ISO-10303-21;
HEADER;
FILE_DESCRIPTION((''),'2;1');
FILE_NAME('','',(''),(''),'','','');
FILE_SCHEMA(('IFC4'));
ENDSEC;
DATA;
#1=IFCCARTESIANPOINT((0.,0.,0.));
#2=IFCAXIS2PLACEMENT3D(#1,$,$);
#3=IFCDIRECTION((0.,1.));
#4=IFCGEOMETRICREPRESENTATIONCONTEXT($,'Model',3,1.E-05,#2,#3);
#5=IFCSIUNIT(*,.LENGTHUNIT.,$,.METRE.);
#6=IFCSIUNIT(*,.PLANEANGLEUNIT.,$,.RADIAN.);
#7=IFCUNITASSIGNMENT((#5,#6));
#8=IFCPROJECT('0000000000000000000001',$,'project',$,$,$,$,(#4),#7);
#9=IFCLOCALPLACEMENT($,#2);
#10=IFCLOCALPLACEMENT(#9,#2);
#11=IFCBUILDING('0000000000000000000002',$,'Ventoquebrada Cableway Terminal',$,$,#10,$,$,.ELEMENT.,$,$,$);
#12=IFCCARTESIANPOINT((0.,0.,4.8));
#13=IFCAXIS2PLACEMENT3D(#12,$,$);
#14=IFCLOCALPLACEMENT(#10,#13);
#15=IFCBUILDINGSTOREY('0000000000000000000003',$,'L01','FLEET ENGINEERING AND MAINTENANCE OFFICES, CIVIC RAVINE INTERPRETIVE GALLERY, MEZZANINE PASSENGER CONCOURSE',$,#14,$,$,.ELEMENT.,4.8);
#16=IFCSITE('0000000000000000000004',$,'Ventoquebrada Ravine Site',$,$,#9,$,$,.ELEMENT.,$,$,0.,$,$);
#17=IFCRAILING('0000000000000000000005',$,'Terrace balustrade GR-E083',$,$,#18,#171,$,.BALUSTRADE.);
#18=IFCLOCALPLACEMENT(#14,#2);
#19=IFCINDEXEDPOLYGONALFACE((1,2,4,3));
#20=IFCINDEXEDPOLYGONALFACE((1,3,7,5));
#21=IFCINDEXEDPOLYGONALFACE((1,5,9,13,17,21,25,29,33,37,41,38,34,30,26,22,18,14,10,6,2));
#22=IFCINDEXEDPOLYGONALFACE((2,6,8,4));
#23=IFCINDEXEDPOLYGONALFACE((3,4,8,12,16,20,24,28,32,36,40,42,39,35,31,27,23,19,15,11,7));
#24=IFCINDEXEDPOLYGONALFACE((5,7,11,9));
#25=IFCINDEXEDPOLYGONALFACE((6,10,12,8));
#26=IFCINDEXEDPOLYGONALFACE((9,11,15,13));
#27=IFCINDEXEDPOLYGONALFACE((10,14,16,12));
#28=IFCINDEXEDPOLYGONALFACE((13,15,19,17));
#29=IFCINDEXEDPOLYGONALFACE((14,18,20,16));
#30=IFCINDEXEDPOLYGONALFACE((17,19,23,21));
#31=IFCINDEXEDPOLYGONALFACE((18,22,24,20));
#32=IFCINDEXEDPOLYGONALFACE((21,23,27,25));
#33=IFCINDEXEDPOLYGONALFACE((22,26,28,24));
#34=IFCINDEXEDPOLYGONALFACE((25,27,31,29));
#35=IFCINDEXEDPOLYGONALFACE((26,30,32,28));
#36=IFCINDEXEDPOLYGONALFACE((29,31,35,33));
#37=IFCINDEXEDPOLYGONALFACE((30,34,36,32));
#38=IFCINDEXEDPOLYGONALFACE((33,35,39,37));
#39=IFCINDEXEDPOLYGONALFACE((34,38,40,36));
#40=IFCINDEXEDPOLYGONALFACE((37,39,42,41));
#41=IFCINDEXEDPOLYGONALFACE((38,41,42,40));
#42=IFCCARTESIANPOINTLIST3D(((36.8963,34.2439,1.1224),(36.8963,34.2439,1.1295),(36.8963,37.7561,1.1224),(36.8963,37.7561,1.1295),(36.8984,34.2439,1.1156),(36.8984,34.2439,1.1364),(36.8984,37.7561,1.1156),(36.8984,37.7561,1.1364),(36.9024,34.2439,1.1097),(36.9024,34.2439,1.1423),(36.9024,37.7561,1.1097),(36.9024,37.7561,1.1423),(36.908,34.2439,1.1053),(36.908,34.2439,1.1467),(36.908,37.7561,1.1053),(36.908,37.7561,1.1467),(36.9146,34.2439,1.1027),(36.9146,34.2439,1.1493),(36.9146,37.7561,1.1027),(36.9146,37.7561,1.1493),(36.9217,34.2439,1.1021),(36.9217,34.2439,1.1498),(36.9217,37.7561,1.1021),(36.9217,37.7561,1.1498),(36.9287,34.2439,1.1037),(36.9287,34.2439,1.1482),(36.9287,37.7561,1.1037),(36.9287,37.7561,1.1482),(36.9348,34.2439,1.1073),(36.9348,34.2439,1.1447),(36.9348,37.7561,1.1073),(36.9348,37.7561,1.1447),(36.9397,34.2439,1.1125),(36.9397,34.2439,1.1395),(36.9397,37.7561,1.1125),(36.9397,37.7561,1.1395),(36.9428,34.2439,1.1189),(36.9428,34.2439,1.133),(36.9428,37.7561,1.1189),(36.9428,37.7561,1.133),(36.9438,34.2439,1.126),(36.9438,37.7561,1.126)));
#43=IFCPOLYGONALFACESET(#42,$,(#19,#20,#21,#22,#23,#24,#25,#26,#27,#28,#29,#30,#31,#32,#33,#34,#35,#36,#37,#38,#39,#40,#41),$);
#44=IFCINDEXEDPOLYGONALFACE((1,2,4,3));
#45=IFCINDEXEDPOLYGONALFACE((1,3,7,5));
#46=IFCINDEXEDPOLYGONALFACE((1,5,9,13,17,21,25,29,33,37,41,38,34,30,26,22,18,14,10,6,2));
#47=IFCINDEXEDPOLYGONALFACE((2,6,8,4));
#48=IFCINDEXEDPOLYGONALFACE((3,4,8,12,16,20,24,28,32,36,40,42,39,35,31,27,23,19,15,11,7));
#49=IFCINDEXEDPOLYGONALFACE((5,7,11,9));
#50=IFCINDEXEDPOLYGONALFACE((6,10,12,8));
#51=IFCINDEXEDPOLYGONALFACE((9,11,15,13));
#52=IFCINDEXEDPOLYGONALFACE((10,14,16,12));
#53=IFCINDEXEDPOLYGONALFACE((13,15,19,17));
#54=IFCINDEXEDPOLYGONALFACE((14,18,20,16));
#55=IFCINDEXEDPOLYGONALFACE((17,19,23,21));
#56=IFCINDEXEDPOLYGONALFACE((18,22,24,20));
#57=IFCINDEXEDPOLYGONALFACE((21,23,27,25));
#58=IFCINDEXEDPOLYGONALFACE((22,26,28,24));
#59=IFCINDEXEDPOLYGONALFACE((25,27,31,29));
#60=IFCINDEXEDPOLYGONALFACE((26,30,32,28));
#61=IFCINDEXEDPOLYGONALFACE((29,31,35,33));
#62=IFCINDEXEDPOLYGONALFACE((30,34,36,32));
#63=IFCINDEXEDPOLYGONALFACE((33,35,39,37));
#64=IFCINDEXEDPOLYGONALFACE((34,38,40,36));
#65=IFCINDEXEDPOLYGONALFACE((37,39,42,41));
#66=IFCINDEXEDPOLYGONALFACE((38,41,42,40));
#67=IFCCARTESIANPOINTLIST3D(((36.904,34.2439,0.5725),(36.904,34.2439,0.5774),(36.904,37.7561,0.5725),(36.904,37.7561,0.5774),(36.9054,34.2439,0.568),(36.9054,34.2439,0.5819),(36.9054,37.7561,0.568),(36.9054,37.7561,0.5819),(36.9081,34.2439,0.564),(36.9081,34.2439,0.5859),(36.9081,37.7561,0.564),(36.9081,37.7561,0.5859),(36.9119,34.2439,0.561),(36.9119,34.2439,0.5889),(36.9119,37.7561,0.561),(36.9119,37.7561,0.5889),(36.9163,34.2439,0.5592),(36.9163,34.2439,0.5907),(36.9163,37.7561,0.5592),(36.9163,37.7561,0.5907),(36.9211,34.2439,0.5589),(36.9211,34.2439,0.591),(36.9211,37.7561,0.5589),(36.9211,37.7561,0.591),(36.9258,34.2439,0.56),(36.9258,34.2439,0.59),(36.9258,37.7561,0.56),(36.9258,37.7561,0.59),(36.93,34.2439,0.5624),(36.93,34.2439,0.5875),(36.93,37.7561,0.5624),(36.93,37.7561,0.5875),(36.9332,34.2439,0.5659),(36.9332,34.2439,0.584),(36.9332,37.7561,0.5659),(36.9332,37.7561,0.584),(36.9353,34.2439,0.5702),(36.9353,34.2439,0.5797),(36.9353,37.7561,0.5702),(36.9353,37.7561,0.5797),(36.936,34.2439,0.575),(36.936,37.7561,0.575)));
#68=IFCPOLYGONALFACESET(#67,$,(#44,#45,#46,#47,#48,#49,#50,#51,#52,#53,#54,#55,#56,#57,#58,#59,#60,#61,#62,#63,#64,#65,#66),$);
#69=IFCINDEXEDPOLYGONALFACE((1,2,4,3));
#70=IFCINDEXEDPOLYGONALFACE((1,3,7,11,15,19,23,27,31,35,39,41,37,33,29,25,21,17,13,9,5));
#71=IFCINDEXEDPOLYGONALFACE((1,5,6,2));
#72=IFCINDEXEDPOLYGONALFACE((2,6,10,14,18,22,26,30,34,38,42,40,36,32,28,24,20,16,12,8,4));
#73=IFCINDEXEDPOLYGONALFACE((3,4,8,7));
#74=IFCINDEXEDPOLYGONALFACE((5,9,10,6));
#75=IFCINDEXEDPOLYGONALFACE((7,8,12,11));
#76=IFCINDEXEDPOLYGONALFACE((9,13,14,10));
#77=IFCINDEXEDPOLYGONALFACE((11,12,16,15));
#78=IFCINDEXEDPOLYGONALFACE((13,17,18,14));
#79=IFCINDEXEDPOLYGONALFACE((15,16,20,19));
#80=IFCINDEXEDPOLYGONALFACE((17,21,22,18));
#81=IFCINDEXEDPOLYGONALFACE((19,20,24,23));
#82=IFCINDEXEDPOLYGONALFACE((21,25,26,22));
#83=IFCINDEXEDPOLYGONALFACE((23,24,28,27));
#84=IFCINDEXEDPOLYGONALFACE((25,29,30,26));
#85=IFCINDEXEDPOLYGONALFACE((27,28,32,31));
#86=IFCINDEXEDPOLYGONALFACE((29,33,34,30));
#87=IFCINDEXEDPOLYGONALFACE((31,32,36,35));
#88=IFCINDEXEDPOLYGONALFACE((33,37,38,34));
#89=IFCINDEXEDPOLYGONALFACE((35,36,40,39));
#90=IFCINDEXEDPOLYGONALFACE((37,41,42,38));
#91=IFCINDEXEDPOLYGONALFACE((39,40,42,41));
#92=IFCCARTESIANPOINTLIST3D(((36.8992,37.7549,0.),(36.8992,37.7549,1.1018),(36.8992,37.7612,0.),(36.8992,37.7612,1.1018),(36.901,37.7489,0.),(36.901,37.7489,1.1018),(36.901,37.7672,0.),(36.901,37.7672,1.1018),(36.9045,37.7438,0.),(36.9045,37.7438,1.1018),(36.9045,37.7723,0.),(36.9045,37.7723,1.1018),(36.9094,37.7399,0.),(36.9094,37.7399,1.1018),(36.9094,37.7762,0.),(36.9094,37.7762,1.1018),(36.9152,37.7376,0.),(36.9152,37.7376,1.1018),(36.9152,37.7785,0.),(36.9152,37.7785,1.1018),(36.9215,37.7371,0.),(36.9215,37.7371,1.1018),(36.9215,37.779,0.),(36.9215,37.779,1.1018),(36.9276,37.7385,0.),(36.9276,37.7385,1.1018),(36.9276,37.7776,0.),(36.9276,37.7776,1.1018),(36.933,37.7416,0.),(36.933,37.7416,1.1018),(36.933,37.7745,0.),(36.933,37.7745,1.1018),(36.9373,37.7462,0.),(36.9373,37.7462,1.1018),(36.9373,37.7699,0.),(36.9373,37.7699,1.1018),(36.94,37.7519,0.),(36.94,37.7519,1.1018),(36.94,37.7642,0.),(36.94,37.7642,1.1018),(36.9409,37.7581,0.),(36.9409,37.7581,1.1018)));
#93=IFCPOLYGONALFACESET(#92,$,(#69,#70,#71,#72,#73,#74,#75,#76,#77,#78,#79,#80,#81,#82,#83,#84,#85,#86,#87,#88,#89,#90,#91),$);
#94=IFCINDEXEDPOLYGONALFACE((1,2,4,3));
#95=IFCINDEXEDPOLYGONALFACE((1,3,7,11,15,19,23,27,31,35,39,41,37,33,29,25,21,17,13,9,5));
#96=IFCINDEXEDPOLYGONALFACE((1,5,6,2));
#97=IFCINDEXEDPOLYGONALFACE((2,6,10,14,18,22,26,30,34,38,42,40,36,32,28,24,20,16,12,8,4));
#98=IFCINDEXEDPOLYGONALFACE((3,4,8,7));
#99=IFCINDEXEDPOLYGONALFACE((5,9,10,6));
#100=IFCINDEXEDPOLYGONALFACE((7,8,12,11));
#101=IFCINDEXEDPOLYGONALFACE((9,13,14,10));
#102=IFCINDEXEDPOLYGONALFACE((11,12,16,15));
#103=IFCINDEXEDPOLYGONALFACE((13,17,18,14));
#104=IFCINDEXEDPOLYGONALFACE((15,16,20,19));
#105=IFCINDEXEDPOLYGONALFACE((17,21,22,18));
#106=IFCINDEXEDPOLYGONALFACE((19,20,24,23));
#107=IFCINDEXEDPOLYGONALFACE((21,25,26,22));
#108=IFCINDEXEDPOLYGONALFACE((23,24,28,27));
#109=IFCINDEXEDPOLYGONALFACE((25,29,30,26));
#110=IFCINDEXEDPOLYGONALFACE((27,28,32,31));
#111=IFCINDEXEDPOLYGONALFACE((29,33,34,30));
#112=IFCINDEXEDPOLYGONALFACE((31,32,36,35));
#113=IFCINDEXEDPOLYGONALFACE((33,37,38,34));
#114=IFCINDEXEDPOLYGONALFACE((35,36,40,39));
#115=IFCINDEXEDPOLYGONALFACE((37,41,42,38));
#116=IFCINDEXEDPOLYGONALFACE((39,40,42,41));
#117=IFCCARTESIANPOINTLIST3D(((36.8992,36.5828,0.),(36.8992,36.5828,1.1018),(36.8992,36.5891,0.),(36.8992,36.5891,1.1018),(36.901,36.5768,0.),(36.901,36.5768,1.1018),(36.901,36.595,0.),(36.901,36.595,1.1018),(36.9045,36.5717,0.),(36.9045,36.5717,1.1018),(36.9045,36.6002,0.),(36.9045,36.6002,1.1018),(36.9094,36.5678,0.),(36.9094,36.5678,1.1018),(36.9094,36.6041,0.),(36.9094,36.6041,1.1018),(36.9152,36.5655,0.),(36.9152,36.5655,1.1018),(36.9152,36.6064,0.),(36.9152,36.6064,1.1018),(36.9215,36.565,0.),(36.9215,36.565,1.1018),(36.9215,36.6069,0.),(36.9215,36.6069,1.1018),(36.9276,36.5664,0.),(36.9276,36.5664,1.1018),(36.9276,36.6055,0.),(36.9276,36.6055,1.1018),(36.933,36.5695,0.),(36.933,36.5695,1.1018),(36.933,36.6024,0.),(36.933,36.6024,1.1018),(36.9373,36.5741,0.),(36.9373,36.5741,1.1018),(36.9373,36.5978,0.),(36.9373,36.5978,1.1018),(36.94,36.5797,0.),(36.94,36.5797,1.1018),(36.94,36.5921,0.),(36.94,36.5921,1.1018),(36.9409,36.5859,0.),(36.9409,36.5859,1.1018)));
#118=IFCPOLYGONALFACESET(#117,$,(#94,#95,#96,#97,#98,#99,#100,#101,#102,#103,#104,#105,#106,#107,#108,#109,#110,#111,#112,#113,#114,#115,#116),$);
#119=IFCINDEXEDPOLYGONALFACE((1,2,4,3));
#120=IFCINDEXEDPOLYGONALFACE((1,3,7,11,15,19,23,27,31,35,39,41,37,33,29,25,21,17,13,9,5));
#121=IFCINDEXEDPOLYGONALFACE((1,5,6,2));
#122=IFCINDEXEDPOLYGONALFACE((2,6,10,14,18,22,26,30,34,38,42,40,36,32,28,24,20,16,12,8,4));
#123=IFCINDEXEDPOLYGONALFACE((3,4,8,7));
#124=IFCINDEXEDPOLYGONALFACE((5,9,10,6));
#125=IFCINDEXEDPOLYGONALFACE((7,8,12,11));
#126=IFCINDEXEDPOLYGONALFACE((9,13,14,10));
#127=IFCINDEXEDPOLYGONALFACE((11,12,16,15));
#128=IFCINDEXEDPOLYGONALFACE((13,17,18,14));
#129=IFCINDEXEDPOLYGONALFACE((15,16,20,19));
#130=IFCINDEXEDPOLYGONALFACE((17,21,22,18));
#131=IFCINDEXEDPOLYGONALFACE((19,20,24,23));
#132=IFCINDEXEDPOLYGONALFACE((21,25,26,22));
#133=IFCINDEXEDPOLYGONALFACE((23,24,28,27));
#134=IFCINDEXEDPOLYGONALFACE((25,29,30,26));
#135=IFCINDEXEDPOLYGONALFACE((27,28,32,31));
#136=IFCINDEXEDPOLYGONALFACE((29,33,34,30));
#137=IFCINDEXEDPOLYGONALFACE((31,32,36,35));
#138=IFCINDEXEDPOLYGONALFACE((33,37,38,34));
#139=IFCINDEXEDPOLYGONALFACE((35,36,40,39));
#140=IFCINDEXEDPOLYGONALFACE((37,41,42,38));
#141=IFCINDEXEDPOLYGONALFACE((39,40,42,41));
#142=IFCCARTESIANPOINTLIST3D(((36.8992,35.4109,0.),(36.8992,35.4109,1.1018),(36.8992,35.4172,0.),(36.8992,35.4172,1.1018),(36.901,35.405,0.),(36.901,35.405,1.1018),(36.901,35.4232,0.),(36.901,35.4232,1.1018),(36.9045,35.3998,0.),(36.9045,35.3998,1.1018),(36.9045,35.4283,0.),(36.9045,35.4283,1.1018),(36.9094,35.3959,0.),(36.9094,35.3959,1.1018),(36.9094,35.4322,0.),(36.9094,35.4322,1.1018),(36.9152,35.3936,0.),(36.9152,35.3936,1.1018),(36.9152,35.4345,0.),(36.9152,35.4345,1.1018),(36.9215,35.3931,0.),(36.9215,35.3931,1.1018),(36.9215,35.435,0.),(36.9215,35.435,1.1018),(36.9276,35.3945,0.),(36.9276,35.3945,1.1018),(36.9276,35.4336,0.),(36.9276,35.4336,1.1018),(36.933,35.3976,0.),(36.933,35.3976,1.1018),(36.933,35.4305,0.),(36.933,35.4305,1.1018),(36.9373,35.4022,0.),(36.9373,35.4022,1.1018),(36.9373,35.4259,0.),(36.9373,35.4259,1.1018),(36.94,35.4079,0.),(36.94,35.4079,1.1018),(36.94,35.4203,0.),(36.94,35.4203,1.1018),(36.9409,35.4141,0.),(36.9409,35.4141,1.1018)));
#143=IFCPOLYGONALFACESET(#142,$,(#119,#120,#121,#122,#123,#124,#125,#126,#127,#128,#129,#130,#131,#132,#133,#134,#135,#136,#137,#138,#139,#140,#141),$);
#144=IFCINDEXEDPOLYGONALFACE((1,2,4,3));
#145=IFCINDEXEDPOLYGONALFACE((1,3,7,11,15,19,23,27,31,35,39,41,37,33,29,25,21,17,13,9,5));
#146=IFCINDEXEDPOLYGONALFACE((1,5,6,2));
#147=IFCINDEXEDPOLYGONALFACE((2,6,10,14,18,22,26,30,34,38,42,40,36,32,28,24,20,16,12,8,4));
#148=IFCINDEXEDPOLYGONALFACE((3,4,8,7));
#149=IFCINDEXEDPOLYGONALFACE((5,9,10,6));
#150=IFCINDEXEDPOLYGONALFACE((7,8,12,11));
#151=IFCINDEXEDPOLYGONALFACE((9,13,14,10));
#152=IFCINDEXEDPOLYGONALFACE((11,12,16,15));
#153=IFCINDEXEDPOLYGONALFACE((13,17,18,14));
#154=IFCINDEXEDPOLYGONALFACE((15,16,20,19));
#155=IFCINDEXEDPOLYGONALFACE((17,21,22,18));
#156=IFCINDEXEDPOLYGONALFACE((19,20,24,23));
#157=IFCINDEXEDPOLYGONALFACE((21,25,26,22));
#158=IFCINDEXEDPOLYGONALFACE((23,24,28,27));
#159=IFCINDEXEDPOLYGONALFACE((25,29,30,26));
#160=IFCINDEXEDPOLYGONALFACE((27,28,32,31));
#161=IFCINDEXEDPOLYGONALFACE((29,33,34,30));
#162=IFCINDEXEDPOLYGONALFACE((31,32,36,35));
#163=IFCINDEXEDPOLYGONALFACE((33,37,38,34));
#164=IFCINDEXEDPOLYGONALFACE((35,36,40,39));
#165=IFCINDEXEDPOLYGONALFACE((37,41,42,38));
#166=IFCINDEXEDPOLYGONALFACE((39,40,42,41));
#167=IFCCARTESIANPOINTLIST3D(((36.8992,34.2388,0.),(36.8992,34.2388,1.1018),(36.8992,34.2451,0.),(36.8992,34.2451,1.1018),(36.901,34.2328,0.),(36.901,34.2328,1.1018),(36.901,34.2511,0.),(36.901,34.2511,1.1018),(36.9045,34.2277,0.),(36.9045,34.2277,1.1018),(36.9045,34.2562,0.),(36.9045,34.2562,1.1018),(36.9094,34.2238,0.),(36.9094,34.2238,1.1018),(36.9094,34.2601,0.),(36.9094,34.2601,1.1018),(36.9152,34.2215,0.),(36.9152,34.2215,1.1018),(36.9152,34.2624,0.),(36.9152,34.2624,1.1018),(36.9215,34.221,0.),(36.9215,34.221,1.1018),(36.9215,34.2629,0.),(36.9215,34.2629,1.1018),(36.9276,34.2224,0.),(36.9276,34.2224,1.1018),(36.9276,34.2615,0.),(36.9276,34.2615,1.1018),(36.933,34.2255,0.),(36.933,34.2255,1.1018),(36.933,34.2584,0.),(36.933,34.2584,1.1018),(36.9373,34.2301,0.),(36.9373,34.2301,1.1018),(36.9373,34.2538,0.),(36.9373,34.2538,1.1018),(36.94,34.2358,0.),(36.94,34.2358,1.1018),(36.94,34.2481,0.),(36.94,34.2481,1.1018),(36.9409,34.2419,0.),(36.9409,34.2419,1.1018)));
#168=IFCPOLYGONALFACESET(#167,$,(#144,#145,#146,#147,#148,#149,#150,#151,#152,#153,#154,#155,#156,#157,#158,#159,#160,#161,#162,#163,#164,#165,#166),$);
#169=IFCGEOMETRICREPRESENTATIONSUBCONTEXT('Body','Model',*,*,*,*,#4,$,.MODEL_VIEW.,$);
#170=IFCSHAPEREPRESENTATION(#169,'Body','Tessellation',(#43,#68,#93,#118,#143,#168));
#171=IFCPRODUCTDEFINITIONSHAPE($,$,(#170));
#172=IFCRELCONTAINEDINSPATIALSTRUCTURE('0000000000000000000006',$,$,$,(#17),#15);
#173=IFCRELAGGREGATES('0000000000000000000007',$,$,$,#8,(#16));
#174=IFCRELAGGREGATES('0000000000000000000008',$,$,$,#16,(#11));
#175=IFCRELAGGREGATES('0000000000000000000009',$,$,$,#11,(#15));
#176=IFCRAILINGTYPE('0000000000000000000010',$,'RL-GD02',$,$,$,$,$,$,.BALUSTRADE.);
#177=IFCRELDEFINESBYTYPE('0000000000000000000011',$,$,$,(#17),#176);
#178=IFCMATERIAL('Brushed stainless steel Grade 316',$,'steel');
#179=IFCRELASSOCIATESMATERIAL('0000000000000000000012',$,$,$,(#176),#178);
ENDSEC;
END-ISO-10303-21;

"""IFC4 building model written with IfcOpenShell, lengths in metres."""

from ifc_helpers import new_model, si_unit, direction, frame, origin, origin_2d, place, context, subcontext, project, spatial, circle, extrude, material, type_object, element, save


model = new_model("IFC4")

# Units and contexts
model_context = context("Model", 3, precision=1e-05, world=origin(), true_north=direction((0.0, 1.0)))
body_context = subcontext(model_context, "Body", "Model", "MODEL_VIEW")
ifc_project = project(units=[si_unit("LENGTHUNIT", "METRE"), si_unit("PLANEANGLEUNIT", "RADIAN")], contexts=[model_context])

# Site, building, storey
site_placement = place(None, origin())
site = spatial("IfcSite", under=ifc_project, at=site_placement, Name="Ventoquebrada Ravine Site", CompositionType="ELEMENT", RefElevation=0.0)
building_placement = place(site_placement, origin())
building = spatial("IfcBuilding", under=site, at=building_placement, Name="Ventoquebrada Cableway Terminal", CompositionType="ELEMENT")
storey_placement = place(building_placement, frame((0.0, 0.0, 4.8)))
storey = spatial("IfcBuildingStorey", under=building, at=storey_placement, Name="L01", Description="FLEET ENGINEERING AND MAINTENANCE OFFICES, CIVIC RAVINE INTERPRETIVE GALLERY, MEZZANINE PASSENGER CONCOURSE", CompositionType="ELEMENT", Elevation=4.8)

# Railing
ifc_material_1 = material(Name="Brushed stainless steel Grade 316", Category="steel")
railing_type_1 = type_object("IfcRailingType", Name="RL-GD02", PredefinedType="BALUSTRADE", material=ifc_material_1)
railing_1_placement = place(storey_placement, frame((36.9199, 37.7581, 0.0)))
element("IfcRailing", 1, at=railing_1_placement, inside=storey, type_object=railing_type_1, Name="Terrace balustrade GR-E083", PredefinedType="BALUSTRADE", context=body_context, shape_type="SweptSolid", body=[
    extrude(circle(Radius=0.0239, at=origin_2d()), frame((0.0, -0.002, 1.126), z_axis=(0.0, -1.0, 0.0), x_axis=(1.0, 0.0, 0.0)), (0.0, 0.0, 1.0), 3.5122),
    extrude(circle(Radius=0.0161, at=origin_2d()), frame((0.0, -0.002, 0.575), z_axis=(0.0, -1.0, 0.0), x_axis=(1.0, 0.0, 0.0)), (0.0, 0.0, 1.0), 3.5122),
    extrude(circle(Radius=0.021, at=origin_2d()), origin(), (0.0, 0.0, 1.0), 1.1018),
    extrude(circle(Radius=0.021, at=origin_2d()), frame((0.0, -1.1721, 0.0)), (0.0, 0.0, 1.0), 1.1018),
    extrude(circle(Radius=0.021, at=origin_2d()), frame((0.0, -2.344, 0.0)), (0.0, 0.0, 1.0), 1.1018),
    extrude(circle(Radius=0.021, at=origin_2d()), frame((0.0, -3.5161, 0.0)), (0.0, 0.0, 1.0), 1.1018),
])

save(model, "model.ifc")
